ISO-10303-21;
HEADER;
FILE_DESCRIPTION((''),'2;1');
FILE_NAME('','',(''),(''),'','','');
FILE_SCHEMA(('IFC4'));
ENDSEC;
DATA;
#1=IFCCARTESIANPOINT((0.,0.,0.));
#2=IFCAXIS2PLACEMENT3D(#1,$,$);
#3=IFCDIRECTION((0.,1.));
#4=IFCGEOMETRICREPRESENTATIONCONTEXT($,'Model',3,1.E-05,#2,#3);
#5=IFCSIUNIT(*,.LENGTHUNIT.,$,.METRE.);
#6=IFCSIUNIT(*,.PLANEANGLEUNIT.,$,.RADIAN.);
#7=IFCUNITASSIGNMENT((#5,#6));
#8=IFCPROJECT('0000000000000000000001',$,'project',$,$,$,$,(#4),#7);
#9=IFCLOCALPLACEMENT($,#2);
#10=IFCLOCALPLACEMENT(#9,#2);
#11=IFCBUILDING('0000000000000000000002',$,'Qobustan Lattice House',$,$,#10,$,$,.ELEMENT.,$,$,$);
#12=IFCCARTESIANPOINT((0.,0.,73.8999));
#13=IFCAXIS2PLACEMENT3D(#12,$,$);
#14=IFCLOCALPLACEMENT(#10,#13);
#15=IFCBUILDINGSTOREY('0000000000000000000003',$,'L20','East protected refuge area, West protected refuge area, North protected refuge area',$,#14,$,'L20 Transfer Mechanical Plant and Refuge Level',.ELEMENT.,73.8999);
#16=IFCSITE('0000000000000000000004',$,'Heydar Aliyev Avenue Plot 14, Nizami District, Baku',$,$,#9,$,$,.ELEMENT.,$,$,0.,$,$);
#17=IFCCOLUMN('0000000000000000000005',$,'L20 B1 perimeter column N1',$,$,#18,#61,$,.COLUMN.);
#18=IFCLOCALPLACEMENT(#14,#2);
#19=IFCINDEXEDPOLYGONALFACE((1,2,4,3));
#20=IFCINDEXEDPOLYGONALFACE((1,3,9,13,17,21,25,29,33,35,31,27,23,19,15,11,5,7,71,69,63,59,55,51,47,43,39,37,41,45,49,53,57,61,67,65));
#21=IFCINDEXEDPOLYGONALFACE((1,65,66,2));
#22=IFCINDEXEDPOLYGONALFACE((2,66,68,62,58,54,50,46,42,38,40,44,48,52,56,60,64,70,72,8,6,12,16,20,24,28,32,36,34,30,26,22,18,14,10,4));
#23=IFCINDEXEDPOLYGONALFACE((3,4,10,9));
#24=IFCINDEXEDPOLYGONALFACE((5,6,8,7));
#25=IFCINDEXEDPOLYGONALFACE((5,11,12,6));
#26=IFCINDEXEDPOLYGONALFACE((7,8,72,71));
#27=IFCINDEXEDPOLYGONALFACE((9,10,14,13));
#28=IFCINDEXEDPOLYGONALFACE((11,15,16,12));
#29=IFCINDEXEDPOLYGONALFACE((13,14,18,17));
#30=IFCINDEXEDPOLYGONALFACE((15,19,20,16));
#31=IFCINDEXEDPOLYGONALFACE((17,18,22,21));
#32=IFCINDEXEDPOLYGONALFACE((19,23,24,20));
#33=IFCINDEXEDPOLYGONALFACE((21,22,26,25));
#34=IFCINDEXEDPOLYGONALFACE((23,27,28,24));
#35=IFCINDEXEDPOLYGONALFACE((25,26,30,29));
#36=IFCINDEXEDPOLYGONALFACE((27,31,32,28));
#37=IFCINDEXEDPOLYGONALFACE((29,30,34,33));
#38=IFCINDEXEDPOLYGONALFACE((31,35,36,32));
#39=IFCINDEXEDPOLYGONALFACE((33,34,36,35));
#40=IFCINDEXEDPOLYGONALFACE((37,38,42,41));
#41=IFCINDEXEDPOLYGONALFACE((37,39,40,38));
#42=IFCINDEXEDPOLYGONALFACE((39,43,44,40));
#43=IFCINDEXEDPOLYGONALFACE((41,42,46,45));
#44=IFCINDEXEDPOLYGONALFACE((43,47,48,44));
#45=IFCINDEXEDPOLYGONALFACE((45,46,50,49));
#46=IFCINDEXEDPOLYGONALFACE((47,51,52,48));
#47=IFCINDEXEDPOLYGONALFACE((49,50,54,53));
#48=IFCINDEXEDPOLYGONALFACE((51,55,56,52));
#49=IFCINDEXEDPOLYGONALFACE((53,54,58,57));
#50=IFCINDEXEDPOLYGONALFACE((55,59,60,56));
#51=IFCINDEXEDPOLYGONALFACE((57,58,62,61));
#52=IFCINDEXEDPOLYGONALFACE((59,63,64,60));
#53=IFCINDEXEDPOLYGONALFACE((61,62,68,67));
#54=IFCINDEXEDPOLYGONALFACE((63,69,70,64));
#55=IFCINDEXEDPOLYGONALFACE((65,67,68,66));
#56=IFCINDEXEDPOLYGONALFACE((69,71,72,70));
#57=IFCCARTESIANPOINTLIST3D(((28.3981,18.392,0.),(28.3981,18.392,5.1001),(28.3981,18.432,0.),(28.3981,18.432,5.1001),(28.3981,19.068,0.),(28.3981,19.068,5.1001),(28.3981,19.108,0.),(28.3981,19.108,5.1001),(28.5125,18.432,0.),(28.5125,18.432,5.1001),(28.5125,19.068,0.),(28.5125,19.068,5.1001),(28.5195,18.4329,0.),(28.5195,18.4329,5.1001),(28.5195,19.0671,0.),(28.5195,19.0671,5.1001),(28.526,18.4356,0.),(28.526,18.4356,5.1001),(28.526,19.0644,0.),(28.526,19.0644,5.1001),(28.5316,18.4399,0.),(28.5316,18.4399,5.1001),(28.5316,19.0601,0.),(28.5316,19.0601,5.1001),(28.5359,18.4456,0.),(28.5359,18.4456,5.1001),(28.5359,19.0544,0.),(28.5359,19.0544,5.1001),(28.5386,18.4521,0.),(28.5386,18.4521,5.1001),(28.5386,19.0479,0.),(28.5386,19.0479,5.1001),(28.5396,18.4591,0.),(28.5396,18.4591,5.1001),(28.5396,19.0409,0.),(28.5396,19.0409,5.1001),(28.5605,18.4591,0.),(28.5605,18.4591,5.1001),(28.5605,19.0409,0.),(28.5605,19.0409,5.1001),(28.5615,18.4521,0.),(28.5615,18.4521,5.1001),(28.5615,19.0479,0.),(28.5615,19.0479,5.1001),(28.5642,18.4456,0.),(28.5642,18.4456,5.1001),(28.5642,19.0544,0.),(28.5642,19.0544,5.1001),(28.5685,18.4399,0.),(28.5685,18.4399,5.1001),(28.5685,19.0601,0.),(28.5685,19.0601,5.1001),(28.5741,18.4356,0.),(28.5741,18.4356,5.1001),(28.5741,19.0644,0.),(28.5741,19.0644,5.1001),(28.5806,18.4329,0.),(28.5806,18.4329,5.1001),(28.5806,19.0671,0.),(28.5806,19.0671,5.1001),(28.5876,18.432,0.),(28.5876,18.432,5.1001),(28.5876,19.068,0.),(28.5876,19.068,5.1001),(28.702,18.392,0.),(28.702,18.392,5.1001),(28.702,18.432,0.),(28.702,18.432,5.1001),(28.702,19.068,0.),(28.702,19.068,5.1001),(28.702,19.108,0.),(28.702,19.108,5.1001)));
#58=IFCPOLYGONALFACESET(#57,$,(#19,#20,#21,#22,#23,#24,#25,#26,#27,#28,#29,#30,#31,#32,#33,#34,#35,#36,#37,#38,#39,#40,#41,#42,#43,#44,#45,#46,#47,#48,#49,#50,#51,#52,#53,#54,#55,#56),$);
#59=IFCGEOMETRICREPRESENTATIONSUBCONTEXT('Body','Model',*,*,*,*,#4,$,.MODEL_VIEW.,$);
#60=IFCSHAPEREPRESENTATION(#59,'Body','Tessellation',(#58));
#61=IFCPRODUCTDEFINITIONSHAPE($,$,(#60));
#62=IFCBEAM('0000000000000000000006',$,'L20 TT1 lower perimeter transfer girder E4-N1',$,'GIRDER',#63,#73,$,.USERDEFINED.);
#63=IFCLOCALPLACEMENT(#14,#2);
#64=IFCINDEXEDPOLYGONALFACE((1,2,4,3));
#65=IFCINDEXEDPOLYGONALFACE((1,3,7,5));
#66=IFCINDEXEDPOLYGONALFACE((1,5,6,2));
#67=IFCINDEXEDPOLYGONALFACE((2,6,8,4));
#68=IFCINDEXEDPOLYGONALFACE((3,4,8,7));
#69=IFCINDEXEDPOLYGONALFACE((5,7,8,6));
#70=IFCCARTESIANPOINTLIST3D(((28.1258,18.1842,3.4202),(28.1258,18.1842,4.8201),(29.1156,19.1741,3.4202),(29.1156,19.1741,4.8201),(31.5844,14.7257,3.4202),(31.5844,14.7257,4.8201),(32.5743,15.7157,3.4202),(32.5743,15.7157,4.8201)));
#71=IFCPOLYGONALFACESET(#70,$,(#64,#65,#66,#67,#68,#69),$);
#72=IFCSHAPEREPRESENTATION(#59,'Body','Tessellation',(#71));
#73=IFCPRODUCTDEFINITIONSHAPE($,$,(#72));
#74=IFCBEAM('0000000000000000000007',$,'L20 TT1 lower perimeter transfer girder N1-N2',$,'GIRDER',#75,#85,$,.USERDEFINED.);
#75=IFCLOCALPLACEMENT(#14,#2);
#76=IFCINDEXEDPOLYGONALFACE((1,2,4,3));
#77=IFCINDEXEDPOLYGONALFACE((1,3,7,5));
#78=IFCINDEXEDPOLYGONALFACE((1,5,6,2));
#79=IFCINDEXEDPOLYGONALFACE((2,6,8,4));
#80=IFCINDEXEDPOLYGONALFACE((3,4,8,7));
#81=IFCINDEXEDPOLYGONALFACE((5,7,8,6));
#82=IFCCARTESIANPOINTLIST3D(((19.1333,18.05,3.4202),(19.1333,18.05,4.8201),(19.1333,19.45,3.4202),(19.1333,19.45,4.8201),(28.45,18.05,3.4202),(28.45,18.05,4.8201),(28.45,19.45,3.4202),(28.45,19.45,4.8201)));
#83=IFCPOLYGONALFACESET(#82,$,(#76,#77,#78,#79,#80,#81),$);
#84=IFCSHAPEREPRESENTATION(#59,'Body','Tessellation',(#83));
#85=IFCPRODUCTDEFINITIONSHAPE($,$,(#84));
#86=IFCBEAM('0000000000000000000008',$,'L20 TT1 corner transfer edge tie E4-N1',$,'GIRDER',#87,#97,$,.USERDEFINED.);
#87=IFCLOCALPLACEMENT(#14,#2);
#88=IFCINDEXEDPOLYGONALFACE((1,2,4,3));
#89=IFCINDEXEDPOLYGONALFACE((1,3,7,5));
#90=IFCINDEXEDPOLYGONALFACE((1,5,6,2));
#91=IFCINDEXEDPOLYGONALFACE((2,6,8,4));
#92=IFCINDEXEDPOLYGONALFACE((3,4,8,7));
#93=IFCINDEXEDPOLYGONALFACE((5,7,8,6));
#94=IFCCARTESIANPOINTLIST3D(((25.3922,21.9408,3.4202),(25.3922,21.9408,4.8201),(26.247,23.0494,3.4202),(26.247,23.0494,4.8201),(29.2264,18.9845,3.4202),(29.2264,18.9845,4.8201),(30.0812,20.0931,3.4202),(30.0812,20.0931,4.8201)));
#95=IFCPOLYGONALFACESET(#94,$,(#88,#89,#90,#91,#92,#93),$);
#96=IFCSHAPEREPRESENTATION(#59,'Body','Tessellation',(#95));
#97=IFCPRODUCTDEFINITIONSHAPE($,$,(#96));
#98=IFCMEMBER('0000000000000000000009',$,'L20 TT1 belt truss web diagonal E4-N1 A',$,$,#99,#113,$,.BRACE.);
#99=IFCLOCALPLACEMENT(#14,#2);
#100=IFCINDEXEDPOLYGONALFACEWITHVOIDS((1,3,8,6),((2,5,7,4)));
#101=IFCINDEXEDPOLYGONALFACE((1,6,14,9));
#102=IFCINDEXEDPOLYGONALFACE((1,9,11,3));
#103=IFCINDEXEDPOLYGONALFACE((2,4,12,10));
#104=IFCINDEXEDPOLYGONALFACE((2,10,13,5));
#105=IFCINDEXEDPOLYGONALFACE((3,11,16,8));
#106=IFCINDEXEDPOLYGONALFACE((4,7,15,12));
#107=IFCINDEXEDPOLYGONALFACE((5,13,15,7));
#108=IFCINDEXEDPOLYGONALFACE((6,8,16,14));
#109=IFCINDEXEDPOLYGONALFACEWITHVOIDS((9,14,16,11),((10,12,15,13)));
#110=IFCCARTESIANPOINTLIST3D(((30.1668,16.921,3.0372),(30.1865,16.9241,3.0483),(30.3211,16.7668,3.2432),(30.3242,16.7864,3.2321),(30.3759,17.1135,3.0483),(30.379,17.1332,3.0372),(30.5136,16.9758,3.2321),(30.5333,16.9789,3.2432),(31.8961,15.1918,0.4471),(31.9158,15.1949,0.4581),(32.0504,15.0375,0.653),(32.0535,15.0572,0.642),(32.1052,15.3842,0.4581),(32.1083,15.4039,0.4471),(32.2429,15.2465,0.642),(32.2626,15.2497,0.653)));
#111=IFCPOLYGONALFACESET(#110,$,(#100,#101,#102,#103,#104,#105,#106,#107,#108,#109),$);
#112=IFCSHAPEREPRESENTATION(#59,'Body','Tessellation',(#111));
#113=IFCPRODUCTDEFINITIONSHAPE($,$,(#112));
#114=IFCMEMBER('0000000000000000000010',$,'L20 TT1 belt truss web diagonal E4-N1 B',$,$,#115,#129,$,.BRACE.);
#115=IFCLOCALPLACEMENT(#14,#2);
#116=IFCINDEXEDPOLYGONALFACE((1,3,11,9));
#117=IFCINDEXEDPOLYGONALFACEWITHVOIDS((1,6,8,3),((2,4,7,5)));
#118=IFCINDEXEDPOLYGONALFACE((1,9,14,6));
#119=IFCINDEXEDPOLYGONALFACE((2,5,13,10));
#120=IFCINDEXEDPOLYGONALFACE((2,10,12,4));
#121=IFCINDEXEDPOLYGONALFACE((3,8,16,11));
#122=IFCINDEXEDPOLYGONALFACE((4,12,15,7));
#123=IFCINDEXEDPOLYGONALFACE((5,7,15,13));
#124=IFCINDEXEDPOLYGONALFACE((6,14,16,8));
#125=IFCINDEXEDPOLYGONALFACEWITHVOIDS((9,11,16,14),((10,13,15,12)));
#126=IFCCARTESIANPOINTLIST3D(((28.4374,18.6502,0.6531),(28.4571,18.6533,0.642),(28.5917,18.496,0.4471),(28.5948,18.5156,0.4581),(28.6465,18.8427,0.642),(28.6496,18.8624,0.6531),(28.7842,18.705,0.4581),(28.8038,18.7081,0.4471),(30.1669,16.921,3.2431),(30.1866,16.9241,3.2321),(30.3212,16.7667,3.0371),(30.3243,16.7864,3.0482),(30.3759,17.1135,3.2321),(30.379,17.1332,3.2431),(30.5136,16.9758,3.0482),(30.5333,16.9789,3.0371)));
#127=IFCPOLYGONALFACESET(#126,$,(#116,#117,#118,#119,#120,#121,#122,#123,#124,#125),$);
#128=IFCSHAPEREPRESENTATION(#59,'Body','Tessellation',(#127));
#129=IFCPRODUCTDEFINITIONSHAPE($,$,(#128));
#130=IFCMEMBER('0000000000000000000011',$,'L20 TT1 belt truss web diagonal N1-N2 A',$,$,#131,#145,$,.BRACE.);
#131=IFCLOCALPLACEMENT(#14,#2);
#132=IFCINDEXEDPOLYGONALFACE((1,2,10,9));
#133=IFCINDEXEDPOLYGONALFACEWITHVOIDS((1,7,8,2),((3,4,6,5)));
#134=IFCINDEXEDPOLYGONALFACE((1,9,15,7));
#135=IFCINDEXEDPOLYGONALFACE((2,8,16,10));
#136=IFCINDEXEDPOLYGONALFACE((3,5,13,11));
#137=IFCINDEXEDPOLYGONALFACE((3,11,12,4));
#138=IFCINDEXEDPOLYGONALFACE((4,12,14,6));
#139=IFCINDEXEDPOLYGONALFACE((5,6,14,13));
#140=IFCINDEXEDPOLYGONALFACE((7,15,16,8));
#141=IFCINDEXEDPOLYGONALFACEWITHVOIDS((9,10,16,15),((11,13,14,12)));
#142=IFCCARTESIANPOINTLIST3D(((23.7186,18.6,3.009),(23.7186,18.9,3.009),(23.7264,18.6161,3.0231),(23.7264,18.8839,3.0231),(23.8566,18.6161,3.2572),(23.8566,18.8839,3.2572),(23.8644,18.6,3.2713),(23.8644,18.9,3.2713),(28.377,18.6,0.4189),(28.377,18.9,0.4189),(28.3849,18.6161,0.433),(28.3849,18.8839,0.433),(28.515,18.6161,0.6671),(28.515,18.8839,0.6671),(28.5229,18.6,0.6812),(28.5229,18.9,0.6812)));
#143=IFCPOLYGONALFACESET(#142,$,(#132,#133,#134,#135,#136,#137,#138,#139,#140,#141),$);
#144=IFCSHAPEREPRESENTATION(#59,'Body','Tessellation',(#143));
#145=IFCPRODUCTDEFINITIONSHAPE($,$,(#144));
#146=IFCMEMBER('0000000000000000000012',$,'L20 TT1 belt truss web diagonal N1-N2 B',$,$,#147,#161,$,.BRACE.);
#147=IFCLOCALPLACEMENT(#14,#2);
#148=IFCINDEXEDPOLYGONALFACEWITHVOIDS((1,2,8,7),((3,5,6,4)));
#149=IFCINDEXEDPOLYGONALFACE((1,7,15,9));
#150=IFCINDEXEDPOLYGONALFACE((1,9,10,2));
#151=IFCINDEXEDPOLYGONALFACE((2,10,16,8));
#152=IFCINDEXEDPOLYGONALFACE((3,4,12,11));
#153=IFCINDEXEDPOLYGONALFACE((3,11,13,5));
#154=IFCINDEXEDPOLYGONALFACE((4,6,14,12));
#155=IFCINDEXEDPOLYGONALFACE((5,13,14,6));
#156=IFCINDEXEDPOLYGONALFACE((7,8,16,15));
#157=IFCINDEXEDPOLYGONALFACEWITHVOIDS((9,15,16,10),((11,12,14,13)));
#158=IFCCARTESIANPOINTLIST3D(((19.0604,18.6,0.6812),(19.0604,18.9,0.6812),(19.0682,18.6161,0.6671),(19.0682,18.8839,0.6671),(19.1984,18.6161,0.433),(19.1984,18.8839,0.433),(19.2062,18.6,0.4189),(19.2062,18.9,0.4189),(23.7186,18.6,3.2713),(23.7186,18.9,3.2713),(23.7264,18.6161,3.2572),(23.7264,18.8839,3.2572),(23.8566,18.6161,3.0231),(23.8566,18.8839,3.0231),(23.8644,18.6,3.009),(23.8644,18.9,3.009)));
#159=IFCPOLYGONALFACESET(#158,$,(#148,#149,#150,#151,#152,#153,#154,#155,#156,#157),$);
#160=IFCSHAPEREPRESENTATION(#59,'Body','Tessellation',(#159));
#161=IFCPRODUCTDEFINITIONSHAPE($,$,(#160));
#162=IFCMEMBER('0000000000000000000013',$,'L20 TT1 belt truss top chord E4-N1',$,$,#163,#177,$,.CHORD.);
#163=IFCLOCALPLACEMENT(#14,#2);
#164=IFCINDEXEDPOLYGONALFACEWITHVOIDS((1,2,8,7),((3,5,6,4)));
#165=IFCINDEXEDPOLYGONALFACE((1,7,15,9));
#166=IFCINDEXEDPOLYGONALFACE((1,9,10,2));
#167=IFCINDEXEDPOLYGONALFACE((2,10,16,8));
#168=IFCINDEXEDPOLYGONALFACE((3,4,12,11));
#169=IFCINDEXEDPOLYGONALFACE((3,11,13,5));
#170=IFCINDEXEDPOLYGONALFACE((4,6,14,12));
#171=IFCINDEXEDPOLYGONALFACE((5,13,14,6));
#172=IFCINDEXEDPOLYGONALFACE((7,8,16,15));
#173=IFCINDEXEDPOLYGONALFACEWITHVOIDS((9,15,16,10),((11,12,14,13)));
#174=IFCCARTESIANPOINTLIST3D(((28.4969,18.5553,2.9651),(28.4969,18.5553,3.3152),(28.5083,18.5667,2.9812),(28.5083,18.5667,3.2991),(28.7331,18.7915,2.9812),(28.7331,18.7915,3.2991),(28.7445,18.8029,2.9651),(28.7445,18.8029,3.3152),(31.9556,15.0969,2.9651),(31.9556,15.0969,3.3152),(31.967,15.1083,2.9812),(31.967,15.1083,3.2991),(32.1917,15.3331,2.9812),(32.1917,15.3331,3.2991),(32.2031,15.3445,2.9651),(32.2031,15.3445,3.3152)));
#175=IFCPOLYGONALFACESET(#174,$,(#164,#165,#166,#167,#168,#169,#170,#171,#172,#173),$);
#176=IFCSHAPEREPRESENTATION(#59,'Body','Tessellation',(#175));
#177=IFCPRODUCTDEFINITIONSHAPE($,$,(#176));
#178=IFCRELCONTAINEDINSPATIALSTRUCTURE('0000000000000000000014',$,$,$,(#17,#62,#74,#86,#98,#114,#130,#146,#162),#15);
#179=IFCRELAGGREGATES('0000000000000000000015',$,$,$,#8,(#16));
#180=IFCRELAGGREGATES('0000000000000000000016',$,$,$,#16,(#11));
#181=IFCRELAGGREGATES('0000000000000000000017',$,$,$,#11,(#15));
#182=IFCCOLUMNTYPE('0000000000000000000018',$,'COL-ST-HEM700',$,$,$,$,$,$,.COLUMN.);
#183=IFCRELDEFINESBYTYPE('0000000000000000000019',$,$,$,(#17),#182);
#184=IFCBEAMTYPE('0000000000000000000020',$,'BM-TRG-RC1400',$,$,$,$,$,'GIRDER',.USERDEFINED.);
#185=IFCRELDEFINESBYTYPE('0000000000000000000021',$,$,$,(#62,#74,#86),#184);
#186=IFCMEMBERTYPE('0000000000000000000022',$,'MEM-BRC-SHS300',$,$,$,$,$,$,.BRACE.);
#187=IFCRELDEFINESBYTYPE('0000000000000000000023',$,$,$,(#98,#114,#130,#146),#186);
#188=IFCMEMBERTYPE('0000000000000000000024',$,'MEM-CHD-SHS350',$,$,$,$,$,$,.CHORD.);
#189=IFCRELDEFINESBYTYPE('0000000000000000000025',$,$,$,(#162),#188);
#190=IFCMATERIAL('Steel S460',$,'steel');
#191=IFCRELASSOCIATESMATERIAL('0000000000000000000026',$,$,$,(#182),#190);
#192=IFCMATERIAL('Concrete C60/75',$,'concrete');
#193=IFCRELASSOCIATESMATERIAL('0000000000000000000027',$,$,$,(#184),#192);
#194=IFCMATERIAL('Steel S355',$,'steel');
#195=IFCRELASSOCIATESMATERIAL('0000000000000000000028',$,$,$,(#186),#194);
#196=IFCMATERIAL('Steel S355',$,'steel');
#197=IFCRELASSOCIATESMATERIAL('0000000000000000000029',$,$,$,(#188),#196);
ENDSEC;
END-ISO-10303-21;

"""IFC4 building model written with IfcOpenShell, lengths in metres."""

from ifc_helpers import new_model, si_unit, direction, frame, origin, origin_2d, place, context, subcontext, project, spatial, rectangle, hollow_rectangle, i_section, extrude, material, material_profile, profile_set, type_object, element, save


model = new_model("IFC4")

# Units and contexts
model_context = context("Model", 3, precision=1e-05, world=origin(), true_north=direction((0.0, 1.0)))
body_context = subcontext(model_context, "Body", "Model", "MODEL_VIEW")
ifc_project = project(units=[si_unit("LENGTHUNIT", "METRE"), si_unit("PLANEANGLEUNIT", "RADIAN")], contexts=[model_context])

# Site, building, storey
site_placement = place(None, origin())
site = spatial("IfcSite", under=ifc_project, at=site_placement, Name="Heydar Aliyev Avenue Plot 14, Nizami District, Baku", CompositionType="ELEMENT", RefElevation=0.0)
building_placement = place(site_placement, origin())
building = spatial("IfcBuilding", under=site, at=building_placement, Name="Qobustan Lattice House", CompositionType="ELEMENT")
storey_placement = place(building_placement, frame((0.0, 0.0, 73.8999)))
storey = spatial("IfcBuildingStorey", under=building, at=storey_placement, Name="L20", Description="East protected refuge area, West protected refuge area, North protected refuge area", LongName="L20 Transfer Mechanical Plant and Refuge Level", CompositionType="ELEMENT", Elevation=73.8999)

# Column
ifc_material_1 = material(Name="Steel S460", Category="steel")
ifc_material_profile_1 = material_profile(ifc_material_1, i_section(OverallWidth=0.304, OverallDepth=0.7161, WebThickness=0.021, FlangeThickness=0.04, FilletRadius=0.0271, at=origin_2d()), Name="HEM700")
ifc_profile_set_1 = profile_set([ifc_material_profile_1], Name="Steel S460")
column_type = type_object("IfcColumnType", Name="COL-ST-HEM700", PredefinedType="COLUMN", material=ifc_profile_set_1)
column_placement = place(storey_placement, frame((28.55, 18.75, 0.0), z_axis=(0.0, 0.0, 1.0), x_axis=(1.0, 0.0, 0.0)))
element("IfcColumn", 1, at=column_placement, inside=storey, type_object=column_type, Name="L20 B1 perimeter column N1", PredefinedType="COLUMN", context=body_context, shape_type="SweptSolid", body=[
    extrude(i_section(OverallWidth=0.304, OverallDepth=0.7161, WebThickness=0.021, FlangeThickness=0.04, FilletRadius=0.0271, at=origin_2d()), origin(), (0.0, 0.0, 1.0), 5.1001),
])

# Beams
ifc_material_2 = material(Name="Concrete C60/75", Category="concrete")
ifc_material_profile_2 = material_profile(ifc_material_2, rectangle(XDim=1.3999, YDim=1.3999, at=origin_2d()), Name="RC1400x1400")
ifc_profile_set_2 = profile_set([ifc_material_profile_2], Name="Concrete C60/75")
beam_type = type_object("IfcBeamType", Name="BM-TRG-RC1400", ElementType="GIRDER", PredefinedType="USERDEFINED", material=ifc_profile_set_2)
beam_1_placement = place(storey_placement, frame((32.0793, 15.2207, 4.1201), z_axis=(-0.707132, 0.707082, 0.0), x_axis=(-0.707082, -0.707132, 0.0)))
element("IfcBeam", 2, at=beam_1_placement, inside=storey, type_object=beam_type, Name="L20 TT1 lower perimeter transfer girder E4-N1", ObjectType="GIRDER", PredefinedType="USERDEFINED", context=body_context, shape_type="SweptSolid", body=[
    extrude(rectangle(XDim=1.3999, YDim=1.3999, at=origin_2d()), origin(), (0.0, 0.0, 1.0), 4.8911),
])
beam_2_placement = place(storey_placement, frame((28.45, 18.75, 4.1201), z_axis=(-1.0, 0.0, 0.0), x_axis=(0.0, -1.0, 0.0)))
element("IfcBeam", 3, at=beam_2_placement, inside=storey, type_object=beam_type, Name="L20 TT1 lower perimeter transfer girder N1-N2", ObjectType="GIRDER", PredefinedType="USERDEFINED", context=body_context, shape_type="SweptSolid", body=[
    extrude(rectangle(XDim=1.3999, YDim=1.3999, at=origin_2d()), origin(), (0.0, 0.0, 1.0), 9.3167),
])
beam_3_placement = place(storey_placement, frame((29.6538, 19.5388, 4.1201), z_axis=(-0.791936, 0.610605, 0.0), x_axis=(-0.610605, -0.791936, 0.0)))
element("IfcBeam", 4, at=beam_3_placement, inside=storey, type_object=beam_type, Name="L20 TT1 corner transfer edge tie E4-N1", ObjectType="GIRDER", PredefinedType="USERDEFINED", context=body_context, shape_type="SweptSolid", body=[
    extrude(rectangle(XDim=1.3999, YDim=1.3999, at=origin_2d()), origin(), (0.0, 0.0, 1.0), 4.8416),
])

# Members
ifc_material_3 = material(Name="Steel S355", Category="steel")
ifc_material_profile_3 = material_profile(ifc_material_3, hollow_rectangle(XDim=0.3, YDim=0.3, WallThickness=0.0161, at=origin_2d()), Name="SHS300x300x16")
ifc_profile_set_3 = profile_set([ifc_material_profile_3], Name="Steel S355")
member_type_1 = type_object("IfcMemberType", Name="MEM-BRC-SHS300", PredefinedType="BRACE", material=ifc_profile_set_3)
for number, where, z_axis, x_axis, name in (
    (5, (32.0793, 15.2207, 0.55), (-0.485446, 0.485446, 0.727107), (-0.707107, -0.707107, 0.0), "L20 TT1 belt truss web diagonal E4-N1 A"),
    (6, (30.3501, 16.95, 3.1401), (-0.485498, 0.48543, -0.727083), (-0.707057, -0.707157, 0.0), "L20 TT1 belt truss web diagonal E4-N1 B"),
):
    element("IfcMember", number, at=place(storey_placement, frame(where, z_axis=z_axis, x_axis=x_axis)), inside=storey, type_object=member_type_1, Name=name, PredefinedType="BRACE", context=body_context, shape_type="SweptSolid", body=[
        extrude(hollow_rectangle(XDim=0.3, YDim=0.3, WallThickness=0.0161, at=origin_2d()), origin(), (0.0, 0.0, 1.0), 3.5623),
    ])
member_1_placement = place(storey_placement, frame((28.45, 18.75, 0.55), z_axis=(-0.873993, 0.0, 0.485938), x_axis=(0.0, -1.0, 0.0)))
element("IfcMember", 7, at=member_1_placement, inside=storey, type_object=member_type_1, Name="L20 TT1 belt truss web diagonal N1-N2 A", PredefinedType="BRACE", context=body_context, shape_type="SweptSolid", body=[
    extrude(hollow_rectangle(XDim=0.3, YDim=0.3, WallThickness=0.0161, at=origin_2d()), origin(), (0.0, 0.0, 1.0), 5.3301),
])
member_2_placement = place(storey_placement, frame((23.7915, 18.75, 3.1401), z_axis=(-0.873982, 0.0, -0.485958), x_axis=(0.0, -1.0, 0.0)))
element("IfcMember", 8, at=member_2_placement, inside=storey, type_object=member_type_1, Name="L20 TT1 belt truss web diagonal N1-N2 B", PredefinedType="BRACE", context=body_context, shape_type="SweptSolid", body=[
    extrude(hollow_rectangle(XDim=0.3, YDim=0.3, WallThickness=0.0161, at=origin_2d()), origin(), (0.0, 0.0, 1.0), 5.3298),
])
ifc_material_4 = material(Name="Steel S355", Category="steel")
ifc_material_profile_4 = material_profile(ifc_material_4, hollow_rectangle(XDim=0.3501, YDim=0.3501, WallThickness=0.0161, at=origin_2d()), Name="SHS350x350x16")
ifc_profile_set_4 = profile_set([ifc_material_profile_4], Name="Steel S355")
member_type_2 = type_object("IfcMemberType", Name="MEM-CHD-SHS350", PredefinedType="CHORD", material=ifc_profile_set_4)
member_3_placement = place(storey_placement, frame((32.0793, 15.2207, 3.1401), z_axis=(-0.707132, 0.707082, 0.0), x_axis=(-0.707082, -0.707132, 0.0)))
element("IfcMember", 9, at=member_3_placement, inside=storey, type_object=member_type_2, Name="L20 TT1 belt truss top chord E4-N1", PredefinedType="CHORD", context=body_context, shape_type="SweptSolid", body=[
    extrude(hollow_rectangle(XDim=0.3501, YDim=0.3501, WallThickness=0.0161, at=origin_2d()), origin(), (0.0, 0.0, 1.0), 4.8911),
])

save(model, "model.ifc")
